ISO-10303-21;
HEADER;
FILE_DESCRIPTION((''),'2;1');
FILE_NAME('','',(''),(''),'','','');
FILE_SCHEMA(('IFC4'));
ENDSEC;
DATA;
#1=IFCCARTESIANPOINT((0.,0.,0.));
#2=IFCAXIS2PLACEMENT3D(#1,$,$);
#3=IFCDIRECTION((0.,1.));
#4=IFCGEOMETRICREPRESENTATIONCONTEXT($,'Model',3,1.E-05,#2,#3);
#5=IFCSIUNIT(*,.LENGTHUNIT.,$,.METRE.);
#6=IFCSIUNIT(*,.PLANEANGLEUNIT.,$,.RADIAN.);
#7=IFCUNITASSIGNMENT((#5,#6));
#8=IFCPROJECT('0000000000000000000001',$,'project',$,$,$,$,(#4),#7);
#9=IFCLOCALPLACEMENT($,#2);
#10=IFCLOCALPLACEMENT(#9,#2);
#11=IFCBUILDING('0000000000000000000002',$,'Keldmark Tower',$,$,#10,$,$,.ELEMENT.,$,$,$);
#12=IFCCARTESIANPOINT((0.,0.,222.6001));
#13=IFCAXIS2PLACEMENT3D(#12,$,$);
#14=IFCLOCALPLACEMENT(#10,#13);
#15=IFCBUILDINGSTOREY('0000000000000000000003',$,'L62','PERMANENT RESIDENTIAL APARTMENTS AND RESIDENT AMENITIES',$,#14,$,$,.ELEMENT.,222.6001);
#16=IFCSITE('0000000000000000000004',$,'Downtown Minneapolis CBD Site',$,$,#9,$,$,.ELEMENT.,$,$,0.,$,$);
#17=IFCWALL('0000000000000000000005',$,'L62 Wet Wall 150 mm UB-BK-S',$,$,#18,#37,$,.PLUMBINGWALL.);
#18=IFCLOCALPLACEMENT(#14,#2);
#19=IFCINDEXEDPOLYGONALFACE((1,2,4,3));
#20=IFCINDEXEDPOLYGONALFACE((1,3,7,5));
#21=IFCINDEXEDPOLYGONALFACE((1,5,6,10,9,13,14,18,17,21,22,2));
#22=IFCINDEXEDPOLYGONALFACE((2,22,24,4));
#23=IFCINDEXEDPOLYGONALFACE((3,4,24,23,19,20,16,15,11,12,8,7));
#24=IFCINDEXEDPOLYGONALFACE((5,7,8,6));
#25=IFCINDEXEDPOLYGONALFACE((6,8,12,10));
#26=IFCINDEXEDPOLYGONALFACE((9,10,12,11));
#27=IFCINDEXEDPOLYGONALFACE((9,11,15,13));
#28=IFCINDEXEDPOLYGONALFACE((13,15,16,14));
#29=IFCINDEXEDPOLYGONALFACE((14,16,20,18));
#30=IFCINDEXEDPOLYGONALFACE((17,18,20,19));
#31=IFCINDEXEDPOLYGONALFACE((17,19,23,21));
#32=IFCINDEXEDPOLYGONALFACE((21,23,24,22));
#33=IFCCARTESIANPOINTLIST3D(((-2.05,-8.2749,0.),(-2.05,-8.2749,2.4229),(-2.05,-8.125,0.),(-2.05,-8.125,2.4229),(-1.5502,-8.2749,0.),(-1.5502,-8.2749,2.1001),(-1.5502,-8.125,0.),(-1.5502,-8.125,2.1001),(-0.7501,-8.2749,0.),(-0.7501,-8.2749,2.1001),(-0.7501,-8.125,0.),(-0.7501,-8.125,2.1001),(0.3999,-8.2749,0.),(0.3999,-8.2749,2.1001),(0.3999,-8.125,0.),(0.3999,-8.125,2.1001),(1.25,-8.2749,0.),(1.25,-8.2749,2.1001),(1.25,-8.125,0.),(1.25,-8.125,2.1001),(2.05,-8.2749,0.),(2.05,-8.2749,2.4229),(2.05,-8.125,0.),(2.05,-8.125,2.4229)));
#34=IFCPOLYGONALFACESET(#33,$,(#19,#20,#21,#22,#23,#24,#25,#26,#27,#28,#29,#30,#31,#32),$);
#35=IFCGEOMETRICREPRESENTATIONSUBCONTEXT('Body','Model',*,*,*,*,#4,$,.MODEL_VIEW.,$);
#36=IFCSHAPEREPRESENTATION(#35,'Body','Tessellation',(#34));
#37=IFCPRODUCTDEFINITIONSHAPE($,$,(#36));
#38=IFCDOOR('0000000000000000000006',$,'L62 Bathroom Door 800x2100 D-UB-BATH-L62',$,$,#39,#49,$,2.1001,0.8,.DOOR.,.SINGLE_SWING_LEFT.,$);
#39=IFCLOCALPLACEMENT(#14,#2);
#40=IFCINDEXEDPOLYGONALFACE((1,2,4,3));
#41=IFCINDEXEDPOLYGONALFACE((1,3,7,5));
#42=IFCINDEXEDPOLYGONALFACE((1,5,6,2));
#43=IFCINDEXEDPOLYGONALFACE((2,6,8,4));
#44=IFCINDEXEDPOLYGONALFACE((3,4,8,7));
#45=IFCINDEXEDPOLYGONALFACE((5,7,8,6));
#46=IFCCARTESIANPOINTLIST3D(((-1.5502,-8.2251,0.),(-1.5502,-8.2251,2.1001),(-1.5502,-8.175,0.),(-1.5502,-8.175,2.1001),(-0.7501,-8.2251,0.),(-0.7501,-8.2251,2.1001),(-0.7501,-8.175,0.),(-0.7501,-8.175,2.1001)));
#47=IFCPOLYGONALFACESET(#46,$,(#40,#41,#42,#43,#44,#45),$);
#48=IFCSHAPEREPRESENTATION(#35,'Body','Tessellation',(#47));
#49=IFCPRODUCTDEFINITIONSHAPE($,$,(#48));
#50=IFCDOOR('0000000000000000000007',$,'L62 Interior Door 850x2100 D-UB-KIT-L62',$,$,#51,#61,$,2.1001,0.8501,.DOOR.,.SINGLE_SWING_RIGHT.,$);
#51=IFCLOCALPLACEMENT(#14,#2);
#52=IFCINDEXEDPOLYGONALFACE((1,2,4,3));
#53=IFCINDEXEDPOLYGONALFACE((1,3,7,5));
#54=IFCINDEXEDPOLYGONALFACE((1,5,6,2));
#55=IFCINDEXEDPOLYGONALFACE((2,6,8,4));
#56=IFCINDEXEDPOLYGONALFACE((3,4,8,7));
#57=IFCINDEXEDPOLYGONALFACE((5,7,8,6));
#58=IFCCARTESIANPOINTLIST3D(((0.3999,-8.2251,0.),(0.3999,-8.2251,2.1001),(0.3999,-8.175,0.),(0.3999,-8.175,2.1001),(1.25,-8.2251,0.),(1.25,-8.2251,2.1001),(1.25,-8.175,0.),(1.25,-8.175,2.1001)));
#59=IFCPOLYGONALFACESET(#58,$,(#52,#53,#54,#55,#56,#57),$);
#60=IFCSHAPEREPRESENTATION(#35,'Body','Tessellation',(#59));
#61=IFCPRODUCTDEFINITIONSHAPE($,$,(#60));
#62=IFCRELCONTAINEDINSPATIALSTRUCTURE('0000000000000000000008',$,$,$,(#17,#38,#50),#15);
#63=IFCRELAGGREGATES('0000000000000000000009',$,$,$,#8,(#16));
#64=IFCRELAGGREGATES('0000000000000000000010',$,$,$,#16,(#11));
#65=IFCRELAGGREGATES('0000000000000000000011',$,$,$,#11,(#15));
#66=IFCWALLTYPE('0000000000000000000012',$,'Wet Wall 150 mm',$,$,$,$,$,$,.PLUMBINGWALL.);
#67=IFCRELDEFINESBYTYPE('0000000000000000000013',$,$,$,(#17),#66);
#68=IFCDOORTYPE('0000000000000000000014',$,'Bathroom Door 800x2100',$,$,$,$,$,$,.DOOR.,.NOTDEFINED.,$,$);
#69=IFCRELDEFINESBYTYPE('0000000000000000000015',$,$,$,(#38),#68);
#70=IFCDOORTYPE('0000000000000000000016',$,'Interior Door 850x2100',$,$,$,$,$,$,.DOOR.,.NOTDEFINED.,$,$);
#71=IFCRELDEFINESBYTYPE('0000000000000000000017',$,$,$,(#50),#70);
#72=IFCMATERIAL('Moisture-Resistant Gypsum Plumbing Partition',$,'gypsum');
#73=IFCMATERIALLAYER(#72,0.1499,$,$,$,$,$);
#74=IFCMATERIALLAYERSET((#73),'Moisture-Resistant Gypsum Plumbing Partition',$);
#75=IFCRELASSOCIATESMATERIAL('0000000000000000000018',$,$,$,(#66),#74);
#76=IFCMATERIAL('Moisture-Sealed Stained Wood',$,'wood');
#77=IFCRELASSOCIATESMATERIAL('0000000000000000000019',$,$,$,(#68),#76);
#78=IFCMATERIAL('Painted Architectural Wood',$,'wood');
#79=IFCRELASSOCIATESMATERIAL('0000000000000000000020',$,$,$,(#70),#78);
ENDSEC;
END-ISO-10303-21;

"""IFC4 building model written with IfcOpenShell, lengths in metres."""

from ifc_helpers import new_model, si_unit, direction, frame, frame_2d, origin, place, context, subcontext, project, spatial, rectangle, extrude, material, layer, layer_set, type_object, element, fill, save


model = new_model("IFC4")

# Units and contexts
model_context = context("Model", 3, precision=1e-05, world=origin(), true_north=direction((0.0, 1.0)))
body_context = subcontext(model_context, "Body", "Model", "MODEL_VIEW")
ifc_project = project(units=[si_unit("LENGTHUNIT", "METRE"), si_unit("PLANEANGLEUNIT", "RADIAN")], contexts=[model_context])

# Site, building, storey
site_placement = place(None, origin())
site = spatial("IfcSite", under=ifc_project, at=site_placement, Name="Downtown Minneapolis CBD Site", CompositionType="ELEMENT", RefElevation=0.0)
building_placement = place(site_placement, origin())
building = spatial("IfcBuilding", under=site, at=building_placement, Name="Keldmark Tower", CompositionType="ELEMENT")
storey_placement = place(building_placement, frame((0.0, 0.0, 222.6001)))
storey = spatial("IfcBuildingStorey", under=building, at=storey_placement, Name="L62", Description="PERMANENT RESIDENTIAL APARTMENTS AND RESIDENT AMENITIES", CompositionType="ELEMENT", Elevation=222.6001)

# Wall, openings, doors
ifc_material_1 = material(Name="Moisture-Resistant Gypsum Plumbing Partition", Category="gypsum")
ifc_layer_1 = layer(ifc_material_1, 0.1499)
ifc_layer_set_1 = layer_set([ifc_layer_1], Name="Moisture-Resistant Gypsum Plumbing Partition")
wall_type_1 = type_object("IfcWallType", Name="Wet Wall 150 mm", PredefinedType="PLUMBINGWALL", material=ifc_layer_set_1)
wall_1_placement = place(storey_placement, frame((-2.05, -8.2, 0.0), z_axis=(0.0, 0.0, 1.0), x_axis=(1.0, 0.0, 0.0)))
wall_1 = element("IfcWall", 1, at=wall_1_placement, inside=storey, type_object=wall_type_1, Name="L62 Wet Wall 150 mm UB-BK-S", PredefinedType="PLUMBINGWALL", context=body_context, shape_type="SweptSolid", body=[
    extrude(rectangle(XDim=4.1001, YDim=0.1499, at=frame_2d((2.05, 0.0))), origin(), (0.0, 0.0, 1.0), 2.4229),
])
opening_1_placement = place(wall_1_placement, frame((0.5, 0.0, 0.0)))
opening_1 = element("IfcOpeningElement", 2, at=opening_1_placement, cuts=wall_1, PredefinedType="OPENING", context=body_context, shape_type="SweptSolid", body=[
    extrude(rectangle(XDim=0.8, YDim=2.1001, at=frame_2d((0.3999, 1.05))), frame((0.0, 0.085, 0.0), z_axis=(0.0, -1.0, 0.0), x_axis=(1.0, 0.0, 0.0)), (0.0, 0.0, 1.0), 0.1699),
])
opening_2_placement = place(wall_1_placement, frame((2.45, 0.0, 0.0)))
opening_2 = element("IfcOpeningElement", 3, at=opening_2_placement, cuts=wall_1, PredefinedType="OPENING", context=body_context, shape_type="SweptSolid", body=[
    extrude(rectangle(XDim=0.8501, YDim=2.1001, at=frame_2d((0.425, 1.05))), frame((0.0, 0.085, 0.0), z_axis=(0.0, -1.0, 0.0), x_axis=(1.0, 0.0, 0.0)), (0.0, 0.0, 1.0), 0.1699),
])
ifc_material_2 = material(Name="Moisture-Sealed Stained Wood", Category="wood")
door_type_1 = type_object("IfcDoorType", Name="Bathroom Door 800x2100", OperationType="NOTDEFINED", PredefinedType="DOOR", material=ifc_material_2)
door_1_placement = place(opening_1_placement, origin())
door_1 = element("IfcDoor", 4, at=door_1_placement, inside=storey, type_object=door_type_1, Name="L62 Bathroom Door 800x2100 D-UB-BATH-L62", OperationType="SINGLE_SWING_LEFT", OverallHeight=2.1001, OverallWidth=0.8, PredefinedType="DOOR", context=body_context, shape_type="SweptSolid", body=[
    extrude(rectangle(XDim=0.8, YDim=2.1001, at=frame_2d((0.3999, 1.05))), frame((0.0, 0.0249, 0.0), z_axis=(0.0, -1.0, 0.0), x_axis=(1.0, 0.0, 0.0)), (0.0, 0.0, 1.0), 0.05),
])
fill(opening_1, door_1)
ifc_material_3 = material(Name="Painted Architectural Wood", Category="wood")
door_type_2 = type_object("IfcDoorType", Name="Interior Door 850x2100", OperationType="NOTDEFINED", PredefinedType="DOOR", material=ifc_material_3)
door_2_placement = place(opening_2_placement, origin())
door_2 = element("IfcDoor", 5, at=door_2_placement, inside=storey, type_object=door_type_2, Name="L62 Interior Door 850x2100 D-UB-KIT-L62", OperationType="SINGLE_SWING_RIGHT", OverallHeight=2.1001, OverallWidth=0.8501, PredefinedType="DOOR", context=body_context, shape_type="SweptSolid", body=[
    extrude(rectangle(XDim=0.8501, YDim=2.1001, at=frame_2d((0.425, 1.05))), frame((0.0, 0.0249, 0.0), z_axis=(0.0, -1.0, 0.0), x_axis=(1.0, 0.0, 0.0)), (0.0, 0.0, 1.0), 0.05),
])
fill(opening_2, door_2)

save(model, "model.ifc")
